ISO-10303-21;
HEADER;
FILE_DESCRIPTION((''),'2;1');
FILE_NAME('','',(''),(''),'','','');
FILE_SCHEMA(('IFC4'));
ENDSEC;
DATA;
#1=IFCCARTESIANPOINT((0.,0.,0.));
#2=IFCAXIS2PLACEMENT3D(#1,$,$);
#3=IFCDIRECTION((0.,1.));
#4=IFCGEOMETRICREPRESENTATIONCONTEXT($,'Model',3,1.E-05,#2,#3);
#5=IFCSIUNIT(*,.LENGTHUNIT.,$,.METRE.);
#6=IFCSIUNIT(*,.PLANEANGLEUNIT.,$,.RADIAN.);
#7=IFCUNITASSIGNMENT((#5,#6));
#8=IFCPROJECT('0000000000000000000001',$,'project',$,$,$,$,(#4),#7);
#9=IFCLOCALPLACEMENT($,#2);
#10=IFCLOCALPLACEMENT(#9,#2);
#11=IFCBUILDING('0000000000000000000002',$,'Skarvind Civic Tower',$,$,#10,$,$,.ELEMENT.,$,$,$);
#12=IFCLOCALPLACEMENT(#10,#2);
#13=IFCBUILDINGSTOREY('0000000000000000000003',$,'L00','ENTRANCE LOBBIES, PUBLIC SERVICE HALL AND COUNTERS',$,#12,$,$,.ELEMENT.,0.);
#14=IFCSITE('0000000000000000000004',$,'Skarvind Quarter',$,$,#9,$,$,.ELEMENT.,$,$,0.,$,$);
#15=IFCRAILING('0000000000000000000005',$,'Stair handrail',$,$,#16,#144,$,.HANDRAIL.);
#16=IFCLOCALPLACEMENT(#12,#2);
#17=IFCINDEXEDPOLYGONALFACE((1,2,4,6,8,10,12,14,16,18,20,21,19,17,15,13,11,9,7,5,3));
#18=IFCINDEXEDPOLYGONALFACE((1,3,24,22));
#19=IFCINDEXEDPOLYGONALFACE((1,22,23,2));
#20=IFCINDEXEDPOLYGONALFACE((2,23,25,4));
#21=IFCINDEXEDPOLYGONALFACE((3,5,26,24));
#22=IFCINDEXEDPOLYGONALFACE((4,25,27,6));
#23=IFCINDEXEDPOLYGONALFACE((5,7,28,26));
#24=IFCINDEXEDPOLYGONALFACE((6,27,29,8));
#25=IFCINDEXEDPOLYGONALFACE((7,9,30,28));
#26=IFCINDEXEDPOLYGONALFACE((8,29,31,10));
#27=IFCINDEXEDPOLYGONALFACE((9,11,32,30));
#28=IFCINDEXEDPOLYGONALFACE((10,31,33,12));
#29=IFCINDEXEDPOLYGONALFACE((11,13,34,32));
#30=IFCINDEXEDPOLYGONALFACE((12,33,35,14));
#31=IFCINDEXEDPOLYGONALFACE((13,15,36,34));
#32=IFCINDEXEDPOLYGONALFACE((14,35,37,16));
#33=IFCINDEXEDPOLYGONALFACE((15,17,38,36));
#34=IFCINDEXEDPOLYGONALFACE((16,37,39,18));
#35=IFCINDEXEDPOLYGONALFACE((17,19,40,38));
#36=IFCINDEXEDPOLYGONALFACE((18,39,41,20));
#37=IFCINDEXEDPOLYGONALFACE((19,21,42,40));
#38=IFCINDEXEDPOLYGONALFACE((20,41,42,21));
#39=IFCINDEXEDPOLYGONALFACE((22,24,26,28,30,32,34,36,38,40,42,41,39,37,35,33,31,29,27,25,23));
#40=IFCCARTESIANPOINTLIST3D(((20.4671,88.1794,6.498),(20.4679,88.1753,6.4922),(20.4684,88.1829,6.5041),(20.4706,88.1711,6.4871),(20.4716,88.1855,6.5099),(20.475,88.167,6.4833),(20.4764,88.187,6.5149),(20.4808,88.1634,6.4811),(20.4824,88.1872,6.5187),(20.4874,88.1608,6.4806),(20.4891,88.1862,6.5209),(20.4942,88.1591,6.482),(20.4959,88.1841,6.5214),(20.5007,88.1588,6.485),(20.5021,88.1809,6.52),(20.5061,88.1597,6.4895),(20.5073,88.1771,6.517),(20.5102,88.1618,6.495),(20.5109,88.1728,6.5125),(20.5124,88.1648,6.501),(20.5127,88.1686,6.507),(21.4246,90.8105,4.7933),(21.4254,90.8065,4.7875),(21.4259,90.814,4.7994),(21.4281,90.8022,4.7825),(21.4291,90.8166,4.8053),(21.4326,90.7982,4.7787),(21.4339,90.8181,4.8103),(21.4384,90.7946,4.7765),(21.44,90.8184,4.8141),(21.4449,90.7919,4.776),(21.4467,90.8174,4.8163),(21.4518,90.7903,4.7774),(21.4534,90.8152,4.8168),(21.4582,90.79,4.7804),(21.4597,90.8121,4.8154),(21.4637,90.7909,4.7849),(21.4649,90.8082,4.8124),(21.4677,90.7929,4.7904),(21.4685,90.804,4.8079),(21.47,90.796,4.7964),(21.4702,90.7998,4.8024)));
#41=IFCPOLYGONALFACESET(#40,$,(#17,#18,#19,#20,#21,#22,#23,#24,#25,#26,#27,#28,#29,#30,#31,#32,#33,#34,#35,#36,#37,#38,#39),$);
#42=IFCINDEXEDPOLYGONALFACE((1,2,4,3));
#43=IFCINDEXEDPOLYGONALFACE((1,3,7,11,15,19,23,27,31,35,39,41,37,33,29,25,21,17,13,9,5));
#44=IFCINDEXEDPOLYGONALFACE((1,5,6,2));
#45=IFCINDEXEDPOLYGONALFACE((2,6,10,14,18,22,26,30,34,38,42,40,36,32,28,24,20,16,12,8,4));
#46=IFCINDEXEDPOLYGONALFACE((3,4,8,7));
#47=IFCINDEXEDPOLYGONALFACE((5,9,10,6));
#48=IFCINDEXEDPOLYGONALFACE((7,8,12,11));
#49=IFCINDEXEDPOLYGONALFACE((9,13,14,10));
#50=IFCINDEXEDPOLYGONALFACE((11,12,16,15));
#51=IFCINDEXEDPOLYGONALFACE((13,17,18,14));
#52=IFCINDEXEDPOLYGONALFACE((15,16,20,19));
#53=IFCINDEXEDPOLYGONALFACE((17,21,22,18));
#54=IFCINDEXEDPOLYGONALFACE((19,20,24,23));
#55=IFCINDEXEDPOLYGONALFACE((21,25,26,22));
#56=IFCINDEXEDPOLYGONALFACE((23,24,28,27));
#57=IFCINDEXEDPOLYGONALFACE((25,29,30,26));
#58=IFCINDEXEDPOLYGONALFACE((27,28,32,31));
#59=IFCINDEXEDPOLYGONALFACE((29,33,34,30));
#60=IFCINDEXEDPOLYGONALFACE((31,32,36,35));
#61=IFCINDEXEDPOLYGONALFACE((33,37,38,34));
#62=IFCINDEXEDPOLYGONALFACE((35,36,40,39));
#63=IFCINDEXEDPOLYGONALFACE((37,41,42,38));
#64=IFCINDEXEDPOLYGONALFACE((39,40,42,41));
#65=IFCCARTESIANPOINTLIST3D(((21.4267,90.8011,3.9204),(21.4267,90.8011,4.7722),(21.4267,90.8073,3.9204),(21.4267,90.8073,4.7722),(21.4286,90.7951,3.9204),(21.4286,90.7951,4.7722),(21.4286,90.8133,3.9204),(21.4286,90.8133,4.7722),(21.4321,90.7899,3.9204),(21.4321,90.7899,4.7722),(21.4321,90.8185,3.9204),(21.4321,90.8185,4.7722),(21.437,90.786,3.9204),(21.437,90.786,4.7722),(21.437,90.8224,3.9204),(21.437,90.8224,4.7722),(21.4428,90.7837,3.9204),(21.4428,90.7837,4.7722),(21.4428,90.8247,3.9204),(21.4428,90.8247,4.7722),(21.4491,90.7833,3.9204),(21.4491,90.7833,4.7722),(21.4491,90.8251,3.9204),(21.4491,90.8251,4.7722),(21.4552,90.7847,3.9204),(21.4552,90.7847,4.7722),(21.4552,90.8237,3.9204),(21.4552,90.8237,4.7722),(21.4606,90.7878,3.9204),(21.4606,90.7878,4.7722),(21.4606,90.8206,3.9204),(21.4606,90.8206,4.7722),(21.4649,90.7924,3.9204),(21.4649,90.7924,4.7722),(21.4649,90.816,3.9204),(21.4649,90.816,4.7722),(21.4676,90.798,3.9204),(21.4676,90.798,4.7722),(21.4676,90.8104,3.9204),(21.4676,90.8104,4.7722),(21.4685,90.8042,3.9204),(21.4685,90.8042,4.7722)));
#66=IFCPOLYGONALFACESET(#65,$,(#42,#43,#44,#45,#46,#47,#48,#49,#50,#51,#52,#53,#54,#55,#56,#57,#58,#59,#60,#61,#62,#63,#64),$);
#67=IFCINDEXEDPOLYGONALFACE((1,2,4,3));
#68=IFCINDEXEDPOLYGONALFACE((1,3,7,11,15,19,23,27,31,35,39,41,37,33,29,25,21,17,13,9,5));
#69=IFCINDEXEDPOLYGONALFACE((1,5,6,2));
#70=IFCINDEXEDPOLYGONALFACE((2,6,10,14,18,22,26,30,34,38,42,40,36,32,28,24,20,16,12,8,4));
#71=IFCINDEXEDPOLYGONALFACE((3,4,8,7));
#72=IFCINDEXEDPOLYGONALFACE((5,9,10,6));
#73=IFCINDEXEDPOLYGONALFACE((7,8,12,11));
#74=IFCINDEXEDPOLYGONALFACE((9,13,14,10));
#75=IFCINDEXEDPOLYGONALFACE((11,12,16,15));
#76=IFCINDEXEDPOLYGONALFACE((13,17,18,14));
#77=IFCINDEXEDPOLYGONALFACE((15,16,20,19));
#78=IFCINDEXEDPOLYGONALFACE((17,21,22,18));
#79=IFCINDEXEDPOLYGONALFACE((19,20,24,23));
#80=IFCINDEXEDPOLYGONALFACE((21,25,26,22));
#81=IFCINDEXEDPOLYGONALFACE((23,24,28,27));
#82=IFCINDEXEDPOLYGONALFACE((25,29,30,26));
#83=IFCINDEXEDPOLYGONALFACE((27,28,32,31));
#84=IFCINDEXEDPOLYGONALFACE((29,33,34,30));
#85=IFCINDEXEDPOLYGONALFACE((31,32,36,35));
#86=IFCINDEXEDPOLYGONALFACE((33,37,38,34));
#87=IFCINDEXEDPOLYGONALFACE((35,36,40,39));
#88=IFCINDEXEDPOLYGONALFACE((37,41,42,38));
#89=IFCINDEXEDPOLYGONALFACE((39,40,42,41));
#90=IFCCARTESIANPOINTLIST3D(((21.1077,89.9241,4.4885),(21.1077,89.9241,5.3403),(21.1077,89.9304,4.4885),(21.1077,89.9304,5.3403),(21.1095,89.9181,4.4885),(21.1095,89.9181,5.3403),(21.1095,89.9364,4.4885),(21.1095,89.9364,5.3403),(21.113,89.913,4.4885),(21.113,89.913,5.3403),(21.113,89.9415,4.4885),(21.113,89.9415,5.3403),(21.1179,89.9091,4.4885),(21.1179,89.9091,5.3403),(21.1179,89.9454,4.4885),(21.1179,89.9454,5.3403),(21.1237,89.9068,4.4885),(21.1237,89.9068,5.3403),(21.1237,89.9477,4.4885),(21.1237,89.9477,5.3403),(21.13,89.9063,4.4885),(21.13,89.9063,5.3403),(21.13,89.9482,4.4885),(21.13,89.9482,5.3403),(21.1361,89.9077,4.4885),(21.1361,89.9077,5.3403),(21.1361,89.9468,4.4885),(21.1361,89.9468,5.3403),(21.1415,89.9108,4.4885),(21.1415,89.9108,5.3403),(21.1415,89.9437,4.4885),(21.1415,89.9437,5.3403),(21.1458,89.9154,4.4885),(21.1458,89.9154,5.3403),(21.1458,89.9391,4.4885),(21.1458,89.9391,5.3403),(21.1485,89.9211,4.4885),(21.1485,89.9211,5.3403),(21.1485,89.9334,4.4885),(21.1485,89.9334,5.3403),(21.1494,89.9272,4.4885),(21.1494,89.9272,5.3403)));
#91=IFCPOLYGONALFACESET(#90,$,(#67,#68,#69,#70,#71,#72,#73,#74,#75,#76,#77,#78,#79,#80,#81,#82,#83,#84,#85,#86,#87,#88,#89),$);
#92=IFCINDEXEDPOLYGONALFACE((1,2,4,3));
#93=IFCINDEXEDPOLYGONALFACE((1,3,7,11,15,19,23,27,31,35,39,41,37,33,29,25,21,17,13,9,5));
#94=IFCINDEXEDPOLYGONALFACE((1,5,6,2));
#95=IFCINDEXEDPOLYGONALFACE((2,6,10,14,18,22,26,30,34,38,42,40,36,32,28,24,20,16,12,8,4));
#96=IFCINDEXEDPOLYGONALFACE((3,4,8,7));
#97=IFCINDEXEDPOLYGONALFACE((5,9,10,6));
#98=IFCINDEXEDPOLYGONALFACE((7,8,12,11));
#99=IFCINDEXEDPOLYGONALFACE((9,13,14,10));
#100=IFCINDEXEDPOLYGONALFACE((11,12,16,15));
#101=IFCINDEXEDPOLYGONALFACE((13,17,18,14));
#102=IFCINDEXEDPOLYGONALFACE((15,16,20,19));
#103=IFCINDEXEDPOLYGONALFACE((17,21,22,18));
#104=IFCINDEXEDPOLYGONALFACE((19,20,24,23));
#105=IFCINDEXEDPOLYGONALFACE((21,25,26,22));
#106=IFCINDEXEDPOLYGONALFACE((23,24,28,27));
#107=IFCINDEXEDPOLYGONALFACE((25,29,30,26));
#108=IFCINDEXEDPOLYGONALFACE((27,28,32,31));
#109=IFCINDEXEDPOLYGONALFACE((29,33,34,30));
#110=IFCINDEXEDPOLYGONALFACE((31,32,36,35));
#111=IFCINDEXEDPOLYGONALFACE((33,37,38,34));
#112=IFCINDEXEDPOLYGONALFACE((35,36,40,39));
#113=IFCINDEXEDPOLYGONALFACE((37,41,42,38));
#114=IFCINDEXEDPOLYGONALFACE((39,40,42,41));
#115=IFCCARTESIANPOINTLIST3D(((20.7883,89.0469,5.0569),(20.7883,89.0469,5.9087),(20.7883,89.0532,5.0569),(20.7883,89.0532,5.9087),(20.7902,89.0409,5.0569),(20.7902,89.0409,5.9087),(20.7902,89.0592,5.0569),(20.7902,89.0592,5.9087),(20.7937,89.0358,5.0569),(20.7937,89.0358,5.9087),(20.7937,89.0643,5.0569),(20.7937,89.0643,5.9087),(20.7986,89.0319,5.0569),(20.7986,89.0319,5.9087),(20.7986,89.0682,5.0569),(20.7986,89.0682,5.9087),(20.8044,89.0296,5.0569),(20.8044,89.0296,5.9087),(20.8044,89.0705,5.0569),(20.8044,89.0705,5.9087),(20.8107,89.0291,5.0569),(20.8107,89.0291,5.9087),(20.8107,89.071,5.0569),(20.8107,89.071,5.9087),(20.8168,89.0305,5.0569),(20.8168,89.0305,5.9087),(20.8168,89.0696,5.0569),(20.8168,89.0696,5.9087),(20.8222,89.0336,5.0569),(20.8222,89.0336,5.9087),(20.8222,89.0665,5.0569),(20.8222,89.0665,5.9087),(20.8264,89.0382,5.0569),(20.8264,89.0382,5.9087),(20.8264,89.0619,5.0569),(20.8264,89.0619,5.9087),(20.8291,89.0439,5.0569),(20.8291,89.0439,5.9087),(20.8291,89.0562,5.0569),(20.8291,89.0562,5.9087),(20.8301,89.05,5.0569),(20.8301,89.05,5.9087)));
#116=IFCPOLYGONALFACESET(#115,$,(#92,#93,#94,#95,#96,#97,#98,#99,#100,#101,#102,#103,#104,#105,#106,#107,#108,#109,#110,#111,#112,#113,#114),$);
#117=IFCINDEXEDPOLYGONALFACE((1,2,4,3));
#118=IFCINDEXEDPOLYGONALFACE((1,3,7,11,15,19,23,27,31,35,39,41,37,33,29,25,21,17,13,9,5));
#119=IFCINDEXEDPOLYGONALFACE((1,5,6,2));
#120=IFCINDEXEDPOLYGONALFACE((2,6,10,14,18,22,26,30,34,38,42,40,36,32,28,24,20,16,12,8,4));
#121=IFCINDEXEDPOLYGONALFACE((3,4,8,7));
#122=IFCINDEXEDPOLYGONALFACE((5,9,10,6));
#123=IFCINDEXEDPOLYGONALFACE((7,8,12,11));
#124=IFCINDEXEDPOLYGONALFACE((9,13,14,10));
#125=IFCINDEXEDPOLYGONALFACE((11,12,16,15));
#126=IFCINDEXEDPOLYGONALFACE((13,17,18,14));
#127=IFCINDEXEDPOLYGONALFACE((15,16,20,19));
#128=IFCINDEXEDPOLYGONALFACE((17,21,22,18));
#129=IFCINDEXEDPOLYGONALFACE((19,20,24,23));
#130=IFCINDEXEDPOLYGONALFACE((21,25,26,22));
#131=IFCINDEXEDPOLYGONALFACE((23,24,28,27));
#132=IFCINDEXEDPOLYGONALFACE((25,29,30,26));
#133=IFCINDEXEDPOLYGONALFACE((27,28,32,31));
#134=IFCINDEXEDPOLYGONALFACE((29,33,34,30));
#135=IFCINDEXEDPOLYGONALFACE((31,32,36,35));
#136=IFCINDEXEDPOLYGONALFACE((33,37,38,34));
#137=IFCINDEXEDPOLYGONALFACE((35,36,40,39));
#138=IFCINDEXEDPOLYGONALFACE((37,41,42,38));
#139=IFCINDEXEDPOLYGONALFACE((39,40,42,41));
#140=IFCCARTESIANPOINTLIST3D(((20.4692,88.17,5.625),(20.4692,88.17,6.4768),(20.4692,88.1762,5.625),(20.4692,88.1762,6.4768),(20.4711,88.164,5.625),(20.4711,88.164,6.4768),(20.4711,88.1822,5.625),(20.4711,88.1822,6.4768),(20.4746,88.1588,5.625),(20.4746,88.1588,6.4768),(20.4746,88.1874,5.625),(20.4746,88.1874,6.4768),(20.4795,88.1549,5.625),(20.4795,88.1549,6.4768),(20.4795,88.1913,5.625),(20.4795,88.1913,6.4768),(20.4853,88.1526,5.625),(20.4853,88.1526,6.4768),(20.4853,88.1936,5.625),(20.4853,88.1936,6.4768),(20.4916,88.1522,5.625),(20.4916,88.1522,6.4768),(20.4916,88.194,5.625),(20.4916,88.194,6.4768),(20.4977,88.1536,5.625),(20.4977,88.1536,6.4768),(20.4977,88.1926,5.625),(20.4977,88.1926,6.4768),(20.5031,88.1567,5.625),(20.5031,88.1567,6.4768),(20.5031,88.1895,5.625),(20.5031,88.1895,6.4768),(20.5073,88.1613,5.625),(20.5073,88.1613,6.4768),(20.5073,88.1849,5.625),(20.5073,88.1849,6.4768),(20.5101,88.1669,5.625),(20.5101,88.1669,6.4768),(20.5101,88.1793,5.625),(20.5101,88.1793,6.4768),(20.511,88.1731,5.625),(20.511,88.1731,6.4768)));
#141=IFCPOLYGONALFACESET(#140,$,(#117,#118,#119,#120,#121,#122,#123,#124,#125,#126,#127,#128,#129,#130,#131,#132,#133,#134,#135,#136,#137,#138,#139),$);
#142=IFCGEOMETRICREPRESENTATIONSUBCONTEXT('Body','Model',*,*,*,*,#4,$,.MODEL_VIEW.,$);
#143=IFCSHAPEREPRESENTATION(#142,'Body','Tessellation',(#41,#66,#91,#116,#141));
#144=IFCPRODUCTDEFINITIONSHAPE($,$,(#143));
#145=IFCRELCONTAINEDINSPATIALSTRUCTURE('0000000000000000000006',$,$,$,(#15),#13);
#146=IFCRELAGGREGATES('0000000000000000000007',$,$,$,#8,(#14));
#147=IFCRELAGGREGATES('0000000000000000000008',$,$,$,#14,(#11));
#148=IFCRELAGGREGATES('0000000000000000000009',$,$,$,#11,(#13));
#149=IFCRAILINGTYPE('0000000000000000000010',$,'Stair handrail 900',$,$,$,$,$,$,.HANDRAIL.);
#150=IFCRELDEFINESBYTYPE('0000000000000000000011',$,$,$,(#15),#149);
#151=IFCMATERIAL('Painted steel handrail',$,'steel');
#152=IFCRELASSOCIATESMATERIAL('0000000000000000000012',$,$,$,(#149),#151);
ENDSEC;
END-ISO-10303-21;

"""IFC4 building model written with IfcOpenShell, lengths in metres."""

from ifc_helpers import new_model, si_unit, direction, frame, origin, origin_2d, place, context, subcontext, project, spatial, circle, extrude, material, type_object, element, save


model = new_model("IFC4")

# Units and contexts
model_context = context("Model", 3, precision=1e-05, world=origin(), true_north=direction((0.0, 1.0)))
body_context = subcontext(model_context, "Body", "Model", "MODEL_VIEW")
ifc_project = project(units=[si_unit("LENGTHUNIT", "METRE"), si_unit("PLANEANGLEUNIT", "RADIAN")], contexts=[model_context])

# Site, building, storey
site_placement = place(None, origin())
site = spatial("IfcSite", under=ifc_project, at=site_placement, Name="Skarvind Quarter", CompositionType="ELEMENT", RefElevation=0.0)
building_placement = place(site_placement, origin())
building = spatial("IfcBuilding", under=site, at=building_placement, Name="Skarvind Civic Tower", CompositionType="ELEMENT")
storey_placement = place(building_placement, origin())
storey = spatial("IfcBuildingStorey", under=building, at=storey_placement, Name="L00", Description="ENTRANCE LOBBIES, PUBLIC SERVICE HALL AND COUNTERS", CompositionType="ELEMENT", Elevation=0.0)

# Railing
ifc_material_1 = material(Name="Painted steel handrail", Category="steel")
railing_type = type_object("IfcRailingType", Name="Stair handrail 900", PredefinedType="HANDRAIL", material=ifc_material_1)
for number, where, name in (
    (1, (21.4475, 90.8042, 3.9204), "Stair handrail"),
):
    element("IfcRailing", number, at=place(storey_placement, frame(where)), inside=storey, type_object=railing_type, Name=name, PredefinedType="HANDRAIL", context=body_context, shape_type="SweptSolid", body=[
        extrude(circle(Radius=0.0239, at=origin_2d()), frame((0.0, 0.0, 0.876), z_axis=(-0.292106, -0.802659, 0.520012), x_axis=(0.939707, -0.341981, 0.0)), (0.0, 0.0, 1.0), 3.2781),
        extrude(circle(Radius=0.021, at=origin_2d()), origin(), (0.0, 0.0, 1.0), 0.8518),
        extrude(circle(Radius=0.021, at=origin_2d()), frame((-0.3191, -0.877, 0.5681)), (0.0, 0.0, 1.0), 0.8518),
        extrude(circle(Radius=0.021, at=origin_2d()), frame((-0.6384, -1.7542, 1.1365)), (0.0, 0.0, 1.0), 0.8518),
        extrude(circle(Radius=0.021, at=origin_2d()), frame((-0.9575, -2.6311, 1.7046)), (0.0, 0.0, 1.0), 0.8518),
    ])

save(model, "model.ifc")
